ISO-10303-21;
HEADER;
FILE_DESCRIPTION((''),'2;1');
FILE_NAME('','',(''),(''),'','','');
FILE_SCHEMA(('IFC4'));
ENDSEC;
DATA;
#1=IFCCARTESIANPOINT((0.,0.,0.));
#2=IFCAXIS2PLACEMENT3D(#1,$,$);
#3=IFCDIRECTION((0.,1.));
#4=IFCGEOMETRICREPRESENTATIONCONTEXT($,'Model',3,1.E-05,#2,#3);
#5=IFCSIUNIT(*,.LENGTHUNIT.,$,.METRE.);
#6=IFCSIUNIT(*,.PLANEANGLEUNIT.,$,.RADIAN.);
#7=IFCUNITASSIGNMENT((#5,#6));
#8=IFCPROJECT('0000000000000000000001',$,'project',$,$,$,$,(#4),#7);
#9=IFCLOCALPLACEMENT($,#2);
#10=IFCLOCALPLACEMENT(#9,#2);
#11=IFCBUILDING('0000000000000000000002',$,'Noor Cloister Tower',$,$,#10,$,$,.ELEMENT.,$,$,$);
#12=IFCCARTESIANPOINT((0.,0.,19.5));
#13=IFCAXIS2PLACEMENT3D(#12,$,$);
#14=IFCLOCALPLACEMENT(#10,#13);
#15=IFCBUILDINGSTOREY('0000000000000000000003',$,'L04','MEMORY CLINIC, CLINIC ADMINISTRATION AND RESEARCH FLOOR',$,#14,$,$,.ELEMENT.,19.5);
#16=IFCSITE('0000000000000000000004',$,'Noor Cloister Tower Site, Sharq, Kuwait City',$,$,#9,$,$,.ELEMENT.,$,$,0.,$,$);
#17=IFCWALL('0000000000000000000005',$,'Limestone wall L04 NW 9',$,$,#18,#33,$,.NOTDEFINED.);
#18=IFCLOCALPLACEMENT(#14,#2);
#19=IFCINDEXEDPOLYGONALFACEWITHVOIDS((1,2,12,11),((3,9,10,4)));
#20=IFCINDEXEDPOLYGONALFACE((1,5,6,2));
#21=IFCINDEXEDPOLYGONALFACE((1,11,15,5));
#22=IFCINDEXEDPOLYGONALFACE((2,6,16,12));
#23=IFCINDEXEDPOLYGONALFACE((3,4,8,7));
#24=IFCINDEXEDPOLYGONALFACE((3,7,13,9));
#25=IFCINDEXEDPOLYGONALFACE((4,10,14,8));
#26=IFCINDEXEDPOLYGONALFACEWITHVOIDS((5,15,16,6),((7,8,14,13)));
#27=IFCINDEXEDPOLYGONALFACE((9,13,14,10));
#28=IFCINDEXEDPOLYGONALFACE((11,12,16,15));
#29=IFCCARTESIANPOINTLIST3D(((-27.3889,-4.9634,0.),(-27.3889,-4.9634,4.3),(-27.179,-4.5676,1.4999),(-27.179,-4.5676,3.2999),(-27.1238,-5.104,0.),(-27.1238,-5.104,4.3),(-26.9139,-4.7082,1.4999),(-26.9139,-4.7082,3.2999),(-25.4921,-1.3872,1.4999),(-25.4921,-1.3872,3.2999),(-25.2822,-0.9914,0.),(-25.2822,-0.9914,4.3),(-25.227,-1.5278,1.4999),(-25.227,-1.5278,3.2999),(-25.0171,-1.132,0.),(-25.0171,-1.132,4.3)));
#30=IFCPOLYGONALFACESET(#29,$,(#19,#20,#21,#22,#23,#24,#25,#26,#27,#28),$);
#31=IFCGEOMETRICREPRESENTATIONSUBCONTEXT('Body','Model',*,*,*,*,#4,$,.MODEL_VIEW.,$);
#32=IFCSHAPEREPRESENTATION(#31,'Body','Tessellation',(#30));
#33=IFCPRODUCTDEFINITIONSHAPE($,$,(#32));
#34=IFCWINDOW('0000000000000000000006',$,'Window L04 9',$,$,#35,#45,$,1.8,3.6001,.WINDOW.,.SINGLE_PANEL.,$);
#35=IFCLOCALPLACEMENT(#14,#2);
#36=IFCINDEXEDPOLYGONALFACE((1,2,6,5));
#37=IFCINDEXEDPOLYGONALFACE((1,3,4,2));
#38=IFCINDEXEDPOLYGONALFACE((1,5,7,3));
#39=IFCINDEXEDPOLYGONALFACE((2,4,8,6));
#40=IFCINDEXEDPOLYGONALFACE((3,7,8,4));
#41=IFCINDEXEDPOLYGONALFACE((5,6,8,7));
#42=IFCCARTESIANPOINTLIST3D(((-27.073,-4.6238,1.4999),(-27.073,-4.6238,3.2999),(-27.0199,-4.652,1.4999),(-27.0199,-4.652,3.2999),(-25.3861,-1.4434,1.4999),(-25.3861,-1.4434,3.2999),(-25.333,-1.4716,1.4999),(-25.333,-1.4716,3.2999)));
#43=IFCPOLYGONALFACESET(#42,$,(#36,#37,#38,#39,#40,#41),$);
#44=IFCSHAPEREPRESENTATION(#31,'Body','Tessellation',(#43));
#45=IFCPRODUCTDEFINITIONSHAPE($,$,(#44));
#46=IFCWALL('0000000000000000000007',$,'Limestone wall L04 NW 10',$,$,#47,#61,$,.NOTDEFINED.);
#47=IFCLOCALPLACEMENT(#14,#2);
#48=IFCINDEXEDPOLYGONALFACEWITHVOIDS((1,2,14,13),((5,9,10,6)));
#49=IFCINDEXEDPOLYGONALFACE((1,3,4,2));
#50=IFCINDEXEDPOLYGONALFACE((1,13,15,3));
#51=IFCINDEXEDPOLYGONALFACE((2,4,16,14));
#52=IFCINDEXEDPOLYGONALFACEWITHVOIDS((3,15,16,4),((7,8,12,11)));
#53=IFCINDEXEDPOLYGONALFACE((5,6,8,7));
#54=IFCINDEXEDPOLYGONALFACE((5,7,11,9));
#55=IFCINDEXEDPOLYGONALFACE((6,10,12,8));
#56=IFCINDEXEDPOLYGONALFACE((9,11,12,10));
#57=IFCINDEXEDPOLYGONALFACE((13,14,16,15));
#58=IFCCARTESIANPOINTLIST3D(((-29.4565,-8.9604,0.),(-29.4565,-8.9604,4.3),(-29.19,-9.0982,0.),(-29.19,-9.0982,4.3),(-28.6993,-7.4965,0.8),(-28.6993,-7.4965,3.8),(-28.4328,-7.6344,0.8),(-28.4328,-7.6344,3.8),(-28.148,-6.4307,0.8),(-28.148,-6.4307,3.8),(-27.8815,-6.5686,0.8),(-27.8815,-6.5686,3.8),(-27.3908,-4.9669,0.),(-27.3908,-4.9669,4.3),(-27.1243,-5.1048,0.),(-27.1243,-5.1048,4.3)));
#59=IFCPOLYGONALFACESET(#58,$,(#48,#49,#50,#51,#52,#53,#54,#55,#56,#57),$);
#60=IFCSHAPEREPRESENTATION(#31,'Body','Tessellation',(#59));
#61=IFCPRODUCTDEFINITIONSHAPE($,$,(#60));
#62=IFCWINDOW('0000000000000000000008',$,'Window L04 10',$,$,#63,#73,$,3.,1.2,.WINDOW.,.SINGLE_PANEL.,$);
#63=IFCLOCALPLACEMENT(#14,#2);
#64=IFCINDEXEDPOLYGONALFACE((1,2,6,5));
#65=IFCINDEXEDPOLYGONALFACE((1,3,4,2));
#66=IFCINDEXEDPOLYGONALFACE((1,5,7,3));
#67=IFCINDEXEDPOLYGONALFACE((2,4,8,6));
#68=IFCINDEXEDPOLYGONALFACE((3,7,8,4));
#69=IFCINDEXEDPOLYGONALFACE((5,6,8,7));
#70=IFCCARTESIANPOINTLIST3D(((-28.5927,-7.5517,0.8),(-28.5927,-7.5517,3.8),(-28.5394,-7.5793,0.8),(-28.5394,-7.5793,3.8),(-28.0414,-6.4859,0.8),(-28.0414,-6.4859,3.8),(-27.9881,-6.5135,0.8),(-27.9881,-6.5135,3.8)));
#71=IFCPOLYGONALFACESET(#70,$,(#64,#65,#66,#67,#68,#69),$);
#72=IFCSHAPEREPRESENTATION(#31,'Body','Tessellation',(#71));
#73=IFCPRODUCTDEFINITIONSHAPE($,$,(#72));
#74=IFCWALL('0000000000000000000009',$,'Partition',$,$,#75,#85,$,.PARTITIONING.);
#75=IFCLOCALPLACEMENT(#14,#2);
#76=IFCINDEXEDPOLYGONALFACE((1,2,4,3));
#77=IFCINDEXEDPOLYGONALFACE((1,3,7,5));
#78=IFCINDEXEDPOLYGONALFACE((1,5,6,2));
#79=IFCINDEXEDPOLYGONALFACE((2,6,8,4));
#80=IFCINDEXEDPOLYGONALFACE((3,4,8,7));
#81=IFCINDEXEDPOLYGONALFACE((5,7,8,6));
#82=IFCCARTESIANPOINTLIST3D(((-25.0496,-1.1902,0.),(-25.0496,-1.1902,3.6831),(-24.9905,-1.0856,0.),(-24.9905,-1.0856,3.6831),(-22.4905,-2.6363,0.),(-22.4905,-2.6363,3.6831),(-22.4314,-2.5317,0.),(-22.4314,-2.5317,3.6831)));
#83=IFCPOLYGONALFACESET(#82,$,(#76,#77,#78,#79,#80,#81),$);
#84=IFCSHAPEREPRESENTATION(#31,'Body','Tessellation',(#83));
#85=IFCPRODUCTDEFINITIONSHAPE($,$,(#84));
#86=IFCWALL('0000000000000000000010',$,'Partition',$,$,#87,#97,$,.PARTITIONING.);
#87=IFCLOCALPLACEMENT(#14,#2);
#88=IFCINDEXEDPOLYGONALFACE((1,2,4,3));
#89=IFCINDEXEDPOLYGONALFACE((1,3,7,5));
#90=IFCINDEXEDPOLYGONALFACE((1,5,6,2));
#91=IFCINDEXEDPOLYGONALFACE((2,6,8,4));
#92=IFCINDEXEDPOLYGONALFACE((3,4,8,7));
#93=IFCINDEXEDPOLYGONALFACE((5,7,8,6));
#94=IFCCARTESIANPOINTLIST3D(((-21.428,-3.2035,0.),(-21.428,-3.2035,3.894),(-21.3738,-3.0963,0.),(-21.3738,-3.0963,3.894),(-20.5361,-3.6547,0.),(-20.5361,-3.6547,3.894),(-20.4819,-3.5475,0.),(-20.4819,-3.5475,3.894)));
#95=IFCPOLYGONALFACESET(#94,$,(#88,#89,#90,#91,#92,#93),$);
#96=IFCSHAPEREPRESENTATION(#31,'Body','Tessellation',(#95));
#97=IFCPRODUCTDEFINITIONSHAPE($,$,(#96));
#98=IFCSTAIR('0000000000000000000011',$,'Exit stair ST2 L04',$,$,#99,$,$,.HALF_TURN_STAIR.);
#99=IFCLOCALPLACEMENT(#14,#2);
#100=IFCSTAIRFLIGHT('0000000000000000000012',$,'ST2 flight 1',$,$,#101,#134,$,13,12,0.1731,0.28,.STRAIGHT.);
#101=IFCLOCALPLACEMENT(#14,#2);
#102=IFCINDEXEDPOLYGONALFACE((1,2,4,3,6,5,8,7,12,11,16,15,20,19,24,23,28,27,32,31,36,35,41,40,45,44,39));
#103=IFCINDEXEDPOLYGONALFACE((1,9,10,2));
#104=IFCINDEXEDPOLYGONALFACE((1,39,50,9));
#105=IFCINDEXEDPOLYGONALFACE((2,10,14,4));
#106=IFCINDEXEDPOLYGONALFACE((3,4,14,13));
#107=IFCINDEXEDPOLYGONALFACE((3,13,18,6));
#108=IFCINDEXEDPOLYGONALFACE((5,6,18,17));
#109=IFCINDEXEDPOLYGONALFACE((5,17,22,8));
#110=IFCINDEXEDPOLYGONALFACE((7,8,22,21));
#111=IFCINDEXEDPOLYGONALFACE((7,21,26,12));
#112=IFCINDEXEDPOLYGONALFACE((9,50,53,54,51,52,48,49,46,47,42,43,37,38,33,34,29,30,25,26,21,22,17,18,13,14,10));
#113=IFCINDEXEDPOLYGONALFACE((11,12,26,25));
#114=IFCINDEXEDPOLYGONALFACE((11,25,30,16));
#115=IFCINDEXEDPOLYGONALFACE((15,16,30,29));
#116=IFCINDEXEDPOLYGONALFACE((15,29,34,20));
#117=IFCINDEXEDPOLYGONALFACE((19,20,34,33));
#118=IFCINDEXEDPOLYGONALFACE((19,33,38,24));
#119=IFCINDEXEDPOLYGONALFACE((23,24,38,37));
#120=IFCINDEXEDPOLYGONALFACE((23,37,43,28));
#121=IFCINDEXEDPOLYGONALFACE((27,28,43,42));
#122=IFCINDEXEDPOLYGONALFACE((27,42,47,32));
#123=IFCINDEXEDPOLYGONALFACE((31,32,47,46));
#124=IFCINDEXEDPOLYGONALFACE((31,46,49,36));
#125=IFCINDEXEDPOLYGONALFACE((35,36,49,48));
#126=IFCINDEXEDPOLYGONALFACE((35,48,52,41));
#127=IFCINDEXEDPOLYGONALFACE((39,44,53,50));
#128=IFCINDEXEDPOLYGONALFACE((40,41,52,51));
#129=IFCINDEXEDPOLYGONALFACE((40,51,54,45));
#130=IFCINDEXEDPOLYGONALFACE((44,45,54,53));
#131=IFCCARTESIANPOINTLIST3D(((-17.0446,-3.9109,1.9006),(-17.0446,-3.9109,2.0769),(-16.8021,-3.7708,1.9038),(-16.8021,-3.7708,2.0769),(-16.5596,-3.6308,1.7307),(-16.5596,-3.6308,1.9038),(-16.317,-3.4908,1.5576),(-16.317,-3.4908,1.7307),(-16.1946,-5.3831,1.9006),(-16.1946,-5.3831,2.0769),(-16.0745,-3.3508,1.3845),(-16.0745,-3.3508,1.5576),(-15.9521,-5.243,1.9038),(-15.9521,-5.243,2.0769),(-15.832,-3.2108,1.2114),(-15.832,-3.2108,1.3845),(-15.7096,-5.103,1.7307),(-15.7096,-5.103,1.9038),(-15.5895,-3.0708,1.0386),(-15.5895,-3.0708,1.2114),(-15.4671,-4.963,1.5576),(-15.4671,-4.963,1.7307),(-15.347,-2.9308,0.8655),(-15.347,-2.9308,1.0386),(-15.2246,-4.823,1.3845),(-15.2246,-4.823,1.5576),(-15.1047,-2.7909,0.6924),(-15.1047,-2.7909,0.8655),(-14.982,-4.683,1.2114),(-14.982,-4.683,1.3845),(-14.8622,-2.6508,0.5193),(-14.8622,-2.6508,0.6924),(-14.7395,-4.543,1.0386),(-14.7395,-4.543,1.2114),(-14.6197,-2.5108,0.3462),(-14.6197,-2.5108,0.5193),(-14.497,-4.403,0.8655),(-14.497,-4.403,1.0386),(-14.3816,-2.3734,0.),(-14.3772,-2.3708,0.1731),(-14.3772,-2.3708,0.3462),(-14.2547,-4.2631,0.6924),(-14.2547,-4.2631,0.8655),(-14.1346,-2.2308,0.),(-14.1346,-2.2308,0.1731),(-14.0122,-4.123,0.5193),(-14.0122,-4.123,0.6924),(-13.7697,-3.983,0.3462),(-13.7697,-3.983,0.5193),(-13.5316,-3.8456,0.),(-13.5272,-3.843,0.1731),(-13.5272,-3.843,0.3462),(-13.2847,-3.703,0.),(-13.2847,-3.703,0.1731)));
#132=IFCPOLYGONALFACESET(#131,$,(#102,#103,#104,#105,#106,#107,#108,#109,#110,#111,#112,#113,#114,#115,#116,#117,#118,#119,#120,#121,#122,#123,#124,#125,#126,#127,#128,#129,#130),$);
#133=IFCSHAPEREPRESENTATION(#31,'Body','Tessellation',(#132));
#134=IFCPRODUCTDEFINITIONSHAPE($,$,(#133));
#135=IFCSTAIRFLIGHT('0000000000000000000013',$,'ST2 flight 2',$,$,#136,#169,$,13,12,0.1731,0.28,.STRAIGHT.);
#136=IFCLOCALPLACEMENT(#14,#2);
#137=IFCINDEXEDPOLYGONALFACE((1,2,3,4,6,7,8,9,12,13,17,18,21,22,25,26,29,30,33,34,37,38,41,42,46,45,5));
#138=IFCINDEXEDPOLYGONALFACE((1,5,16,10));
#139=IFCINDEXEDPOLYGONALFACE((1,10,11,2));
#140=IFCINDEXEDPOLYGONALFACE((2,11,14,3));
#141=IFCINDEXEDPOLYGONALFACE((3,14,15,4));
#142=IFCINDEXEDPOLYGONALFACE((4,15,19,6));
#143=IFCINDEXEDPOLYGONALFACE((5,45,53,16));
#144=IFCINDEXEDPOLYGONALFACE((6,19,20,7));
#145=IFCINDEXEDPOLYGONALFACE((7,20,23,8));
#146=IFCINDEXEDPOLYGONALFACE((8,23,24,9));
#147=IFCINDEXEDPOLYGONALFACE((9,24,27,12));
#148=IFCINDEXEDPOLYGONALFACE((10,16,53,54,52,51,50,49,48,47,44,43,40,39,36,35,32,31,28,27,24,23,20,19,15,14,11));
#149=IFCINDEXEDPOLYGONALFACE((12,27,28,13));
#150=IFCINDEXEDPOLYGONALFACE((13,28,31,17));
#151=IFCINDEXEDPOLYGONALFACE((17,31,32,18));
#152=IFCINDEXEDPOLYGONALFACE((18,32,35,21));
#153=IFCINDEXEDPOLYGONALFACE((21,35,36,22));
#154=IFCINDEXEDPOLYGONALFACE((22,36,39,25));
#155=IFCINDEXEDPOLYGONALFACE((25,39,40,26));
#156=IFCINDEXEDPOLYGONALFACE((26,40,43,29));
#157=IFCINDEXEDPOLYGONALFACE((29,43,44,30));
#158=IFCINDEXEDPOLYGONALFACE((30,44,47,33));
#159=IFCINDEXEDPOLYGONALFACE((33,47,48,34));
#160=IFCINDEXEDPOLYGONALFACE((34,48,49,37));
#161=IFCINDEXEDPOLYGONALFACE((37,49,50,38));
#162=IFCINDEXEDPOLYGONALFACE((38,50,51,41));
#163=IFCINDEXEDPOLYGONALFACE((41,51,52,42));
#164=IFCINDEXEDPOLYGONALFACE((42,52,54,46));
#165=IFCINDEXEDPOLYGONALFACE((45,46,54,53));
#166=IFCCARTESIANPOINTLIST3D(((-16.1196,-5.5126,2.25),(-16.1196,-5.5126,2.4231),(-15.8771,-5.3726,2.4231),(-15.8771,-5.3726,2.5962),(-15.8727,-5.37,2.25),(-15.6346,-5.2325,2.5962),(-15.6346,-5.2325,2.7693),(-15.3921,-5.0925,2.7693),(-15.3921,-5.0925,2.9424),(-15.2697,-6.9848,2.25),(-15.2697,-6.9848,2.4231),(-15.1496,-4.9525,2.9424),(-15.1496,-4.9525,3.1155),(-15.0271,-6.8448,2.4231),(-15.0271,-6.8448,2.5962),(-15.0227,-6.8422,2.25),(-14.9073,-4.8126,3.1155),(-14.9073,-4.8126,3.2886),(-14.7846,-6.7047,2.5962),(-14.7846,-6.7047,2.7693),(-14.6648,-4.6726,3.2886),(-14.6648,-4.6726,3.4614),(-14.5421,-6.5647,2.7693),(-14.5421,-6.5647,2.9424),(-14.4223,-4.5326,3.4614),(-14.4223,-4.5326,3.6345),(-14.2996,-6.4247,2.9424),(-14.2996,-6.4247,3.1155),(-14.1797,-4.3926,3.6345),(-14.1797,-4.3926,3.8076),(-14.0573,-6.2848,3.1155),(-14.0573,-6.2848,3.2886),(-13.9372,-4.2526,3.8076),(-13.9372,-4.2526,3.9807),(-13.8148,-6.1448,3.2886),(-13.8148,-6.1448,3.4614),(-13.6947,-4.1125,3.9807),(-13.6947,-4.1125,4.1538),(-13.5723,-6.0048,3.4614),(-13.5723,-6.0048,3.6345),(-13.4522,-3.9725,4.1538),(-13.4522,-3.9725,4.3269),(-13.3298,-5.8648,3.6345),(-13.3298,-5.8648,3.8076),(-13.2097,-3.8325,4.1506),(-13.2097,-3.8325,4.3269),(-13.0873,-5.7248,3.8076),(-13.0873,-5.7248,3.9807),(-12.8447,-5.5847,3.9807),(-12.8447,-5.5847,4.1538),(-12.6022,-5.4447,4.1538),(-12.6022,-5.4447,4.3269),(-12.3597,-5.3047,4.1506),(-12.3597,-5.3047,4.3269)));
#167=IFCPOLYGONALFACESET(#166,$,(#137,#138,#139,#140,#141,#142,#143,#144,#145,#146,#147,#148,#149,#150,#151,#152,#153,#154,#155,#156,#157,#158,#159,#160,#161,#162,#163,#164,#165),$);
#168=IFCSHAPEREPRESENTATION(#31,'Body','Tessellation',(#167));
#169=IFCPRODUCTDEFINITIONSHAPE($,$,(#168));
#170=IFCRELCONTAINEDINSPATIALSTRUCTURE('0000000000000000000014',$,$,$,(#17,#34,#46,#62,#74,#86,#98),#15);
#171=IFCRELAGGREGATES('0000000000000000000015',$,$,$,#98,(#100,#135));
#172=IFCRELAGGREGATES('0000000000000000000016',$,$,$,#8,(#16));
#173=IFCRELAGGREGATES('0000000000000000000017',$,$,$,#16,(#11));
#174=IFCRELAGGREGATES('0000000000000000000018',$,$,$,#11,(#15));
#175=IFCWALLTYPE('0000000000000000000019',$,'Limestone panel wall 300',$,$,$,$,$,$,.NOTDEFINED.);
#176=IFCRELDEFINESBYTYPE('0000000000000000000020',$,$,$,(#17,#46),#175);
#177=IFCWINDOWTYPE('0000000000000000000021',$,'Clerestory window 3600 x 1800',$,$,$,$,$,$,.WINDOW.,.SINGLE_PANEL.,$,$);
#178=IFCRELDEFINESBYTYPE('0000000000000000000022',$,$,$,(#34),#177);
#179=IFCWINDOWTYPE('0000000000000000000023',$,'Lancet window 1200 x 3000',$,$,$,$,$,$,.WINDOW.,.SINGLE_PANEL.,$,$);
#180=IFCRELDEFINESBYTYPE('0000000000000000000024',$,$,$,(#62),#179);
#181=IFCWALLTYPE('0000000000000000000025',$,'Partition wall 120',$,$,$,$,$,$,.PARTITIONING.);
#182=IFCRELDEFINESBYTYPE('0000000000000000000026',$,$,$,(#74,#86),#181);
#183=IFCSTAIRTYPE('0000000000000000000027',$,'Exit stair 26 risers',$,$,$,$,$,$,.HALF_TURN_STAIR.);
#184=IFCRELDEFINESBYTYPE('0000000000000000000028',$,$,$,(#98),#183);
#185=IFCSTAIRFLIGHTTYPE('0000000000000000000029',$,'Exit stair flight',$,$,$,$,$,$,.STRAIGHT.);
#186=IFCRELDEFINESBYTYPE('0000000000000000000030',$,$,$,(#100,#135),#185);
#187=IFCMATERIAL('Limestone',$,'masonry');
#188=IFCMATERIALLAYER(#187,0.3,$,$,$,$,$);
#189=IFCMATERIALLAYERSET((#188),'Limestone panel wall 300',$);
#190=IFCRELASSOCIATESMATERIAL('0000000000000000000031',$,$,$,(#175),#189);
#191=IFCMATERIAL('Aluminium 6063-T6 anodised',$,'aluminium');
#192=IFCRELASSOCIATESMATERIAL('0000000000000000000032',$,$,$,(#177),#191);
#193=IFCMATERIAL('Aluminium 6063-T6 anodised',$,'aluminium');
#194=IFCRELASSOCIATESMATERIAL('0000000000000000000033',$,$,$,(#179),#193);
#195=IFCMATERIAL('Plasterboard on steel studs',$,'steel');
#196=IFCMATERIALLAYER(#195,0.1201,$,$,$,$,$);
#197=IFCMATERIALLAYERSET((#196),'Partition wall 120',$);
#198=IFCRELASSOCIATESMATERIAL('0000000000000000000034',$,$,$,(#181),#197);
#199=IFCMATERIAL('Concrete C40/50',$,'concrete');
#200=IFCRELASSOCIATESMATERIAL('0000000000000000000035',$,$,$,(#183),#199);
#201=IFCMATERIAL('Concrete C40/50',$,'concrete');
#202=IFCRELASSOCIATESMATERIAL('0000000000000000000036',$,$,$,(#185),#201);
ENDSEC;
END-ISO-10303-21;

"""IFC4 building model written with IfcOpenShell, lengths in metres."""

from ifc_helpers import new_model, si_unit, direction, frame, frame_2d, origin, place, context, subcontext, project, spatial, polyline, rectangle, outline, extrude, material, layer, layer_set, type_object, element, fill, aggregate, save


model = new_model("IFC4")

# Units and contexts
model_context = context("Model", 3, precision=1e-05, world=origin(), true_north=direction((0.0, 1.0)))
body_context = subcontext(model_context, "Body", "Model", "MODEL_VIEW")
ifc_project = project(units=[si_unit("LENGTHUNIT", "METRE"), si_unit("PLANEANGLEUNIT", "RADIAN")], contexts=[model_context])

# Site, building, storey
site_placement = place(None, origin())
site = spatial("IfcSite", under=ifc_project, at=site_placement, Name="Noor Cloister Tower Site, Sharq, Kuwait City", CompositionType="ELEMENT", RefElevation=0.0)
building_placement = place(site_placement, origin())
building = spatial("IfcBuilding", under=site, at=building_placement, Name="Noor Cloister Tower", CompositionType="ELEMENT")
storey_placement = place(building_placement, frame((0.0, 0.0, 19.5)))
storey = spatial("IfcBuildingStorey", under=building, at=storey_placement, Name="L04", Description="MEMORY CLINIC, CLINIC ADMINISTRATION AND RESEARCH FLOOR", CompositionType="ELEMENT", Elevation=19.5)

# Walls, openings, windows
ifc_material_1 = material(Name="Limestone", Category="masonry")
ifc_layer_1 = layer(ifc_material_1, 0.3)
ifc_layer_set_1 = layer_set([ifc_layer_1], Name="Limestone panel wall 300")
wall_type_1 = type_object("IfcWallType", Name="Limestone panel wall 300", PredefinedType="NOTDEFINED", material=ifc_layer_set_1)
ifc_material_2 = material(Name="Aluminium 6063-T6 anodised", Category="aluminium")
window_type_1 = type_object("IfcWindowType", Name="Clerestory window 3600 x 1800", PartitioningType="SINGLE_PANEL", PredefinedType="WINDOW", material=ifc_material_2)
wall_1_placement = place(storey_placement, frame((-27.2563, -5.0337, 0.0), z_axis=(0.0, 0.0, 1.0), x_axis=(0.468566, 0.883428, 0.0)))
wall_1 = element("IfcWall", 1, at=wall_1_placement, inside=storey, type_object=wall_type_1, Name="Limestone wall L04 NW 9", PredefinedType="NOTDEFINED", context=body_context, shape_type="SweptSolid", body=[
    extrude(rectangle(XDim=4.4961, YDim=0.3, at=frame_2d((2.248, 0.0))), origin(), (0.0, 0.0, 1.0), 4.3),
])
opening_1_placement = place(wall_1_placement, frame((0.448, 0.0, 1.5)))
opening_1 = element("IfcOpeningElement", 2, at=opening_1_placement, cuts=wall_1, PredefinedType="OPENING", context=body_context, shape_type="SweptSolid", body=[
    extrude(rectangle(XDim=3.6001, YDim=1.8, at=frame_2d((1.8, 0.8999))), frame((0.0, 0.1602, 0.0), z_axis=(0.0, -1.0, 0.0), x_axis=(1.0, 0.0, 0.0)), (0.0, 0.0, 1.0), 0.3201),
])
window_1_placement = place(opening_1_placement, origin())
window_1 = element("IfcWindow", 3, at=window_1_placement, inside=storey, type_object=window_type_1, Name="Window L04 9", OverallHeight=1.8, OverallWidth=3.6001, PartitioningType="SINGLE_PANEL", PredefinedType="WINDOW", context=body_context, shape_type="SweptSolid", body=[
    extrude(rectangle(XDim=3.6001, YDim=1.8, at=frame_2d((1.8, 0.8999))), frame((0.0, 0.03, 0.0), z_axis=(0.0, -1.0, 0.0), x_axis=(1.0, 0.0, 0.0)), (0.0, 0.0, 1.0), 0.0601),
])
fill(opening_1, window_1)
wall_2_placement = place(storey_placement, frame((-29.3232, -9.0293, 0.0), z_axis=(0.0, 0.0, 1.0), x_axis=(0.459444, 0.888207, 0.0)))
wall_2 = element("IfcWall", 4, at=wall_2_placement, inside=storey, type_object=wall_type_1, Name="Limestone wall L04 NW 10", PredefinedType="NOTDEFINED", context=body_context, shape_type="SweptSolid", body=[
    extrude(rectangle(XDim=4.4961, YDim=0.3, at=frame_2d((2.248, 0.0))), origin(), (0.0, 0.0, 1.0), 4.3),
])
opening_2_placement = place(wall_2_placement, frame((1.6479, 0.0, 0.8)))
opening_2 = element("IfcOpeningElement", 5, at=opening_2_placement, cuts=wall_2, PredefinedType="OPENING", context=body_context, shape_type="SweptSolid", body=[
    extrude(rectangle(XDim=1.2, YDim=3.0, at=frame_2d((0.6001, 1.5))), frame((0.0, 0.1602, 0.0), z_axis=(0.0, -1.0, 0.0), x_axis=(1.0, 0.0, 0.0)), (0.0, 0.0, 1.0), 0.3201),
])
ifc_material_3 = material(Name="Aluminium 6063-T6 anodised", Category="aluminium")
window_type_2 = type_object("IfcWindowType", Name="Lancet window 1200 x 3000", PartitioningType="SINGLE_PANEL", PredefinedType="WINDOW", material=ifc_material_3)
window_2_placement = place(opening_2_placement, origin())
window_2 = element("IfcWindow", 6, at=window_2_placement, inside=storey, type_object=window_type_2, Name="Window L04 10", OverallHeight=3.0, OverallWidth=1.2, PartitioningType="SINGLE_PANEL", PredefinedType="WINDOW", context=body_context, shape_type="SweptSolid", body=[
    extrude(rectangle(XDim=1.2, YDim=3.0, at=frame_2d((0.6001, 1.5))), frame((0.0, 0.03, 0.0), z_axis=(0.0, -1.0, 0.0), x_axis=(1.0, 0.0, 0.0)), (0.0, 0.0, 1.0), 0.0601),
])
fill(opening_2, window_2)

# Walls
ifc_material_4 = material(Name="Plasterboard on steel studs", Category="steel")
ifc_layer_2 = layer(ifc_material_4, 0.1201)
ifc_layer_set_2 = layer_set([ifc_layer_2], Name="Partition wall 120")
wall_type_2 = type_object("IfcWallType", Name="Partition wall 120", PredefinedType="PARTITIONING", material=ifc_layer_set_2)
wall_3_placement = place(storey_placement, frame((-22.4609, -2.584, 0.0), z_axis=(0.0, 0.0, 1.0), x_axis=(-0.87062, 0.491956, 0.0)))
element("IfcWall", 7, at=wall_3_placement, inside=storey, type_object=wall_type_2, Name="Partition", PredefinedType="PARTITIONING", context=body_context, shape_type="SweptSolid", body=[
    extrude(rectangle(XDim=2.9395, YDim=0.1201, at=frame_2d((1.4697, 0.0))), origin(), (0.0, 0.0, 1.0), 3.6831),
])
wall_4_placement = place(storey_placement, frame((-20.509, -3.6011, 0.0), z_axis=(0.0, 0.0, 1.0), x_axis=(-0.892317, 0.45141, 0.0)))
element("IfcWall", 8, at=wall_4_placement, inside=storey, type_object=wall_type_2, Name="Partition", PredefinedType="PARTITIONING", context=body_context, shape_type="SweptSolid", body=[
    extrude(rectangle(XDim=0.9995, YDim=0.1201, at=frame_2d((0.4998, 0.0))), origin(), (0.0, 0.0, 1.0), 3.894),
])

# Stair, stair flights
ifc_material_5 = material(Name="Concrete C40/50", Category="concrete")
stair_type = type_object("IfcStairType", Name="Exit stair 26 risers", PredefinedType="HALF_TURN_STAIR", material=ifc_material_5)
stair_placement = place(storey_placement, origin())
stair = element("IfcStair", 9, at=stair_placement, inside=storey, type_object=stair_type, Name="Exit stair ST2 L04", PredefinedType="HALF_TURN_STAIR")
ifc_material_6 = material(Name="Concrete C40/50", Category="concrete")
stair_flight_type = type_object("IfcStairFlightType", Name="Exit stair flight", PredefinedType="STRAIGHT", material=ifc_material_6)
stair_flight_1_placement = place(storey_placement, frame((-13.7097, -2.9668, 0.0), z_axis=(0.0, 0.0, 1.0), x_axis=(-0.866025, -0.5, 0.0)))
stair_flight_1 = element("IfcStairFlight", 10, at=stair_flight_1_placement, type_object=stair_flight_type, Name="ST2 flight 1", NumberOfRisers=13, NumberOfTreads=12, PredefinedType="STRAIGHT", RiserHeight=0.1731, TreadLength=0.28, context=body_context, shape_type="SweptSolid", body=[
    extrude(outline(polyline([(0.0, 0.0), (0.0, 0.1731), (0.28, 0.1731), (0.28, 0.3462), (0.5601, 0.3462), (0.5601, 0.5193), (0.8401, 0.5193), (0.8401, 0.6924), (1.1201, 0.6924), (1.1201, 0.8655), (1.3999, 0.8655), (1.3999, 1.0386), (1.6799, 1.0386), (1.6799, 1.2114), (1.96, 1.2114), (1.96, 1.3845), (2.24, 1.3845), (2.24, 1.5576), (2.52, 1.5576), (2.52, 1.7307), (2.8, 1.7307), (2.8, 1.9038), (3.0801, 1.9038), (3.0801, 2.0769), (3.3601, 2.0769), (3.3601, 2.25), (3.3601, 1.9006), (0.2852, 0.0), (0.0, 0.0)])), frame((0.0, 0.8501, 0.0), z_axis=(0.0, -1.0, 0.0), x_axis=(1.0, 0.0, 0.0)), (0.0, 0.0, 1.0), 1.7),
])
stair_flight_2_placement = place(storey_placement, frame((-15.6946, -6.2488, 2.25), z_axis=(0.0, 0.0, 1.0), x_axis=(0.866025, 0.5, 0.0)))
stair_flight_2 = element("IfcStairFlight", 11, at=stair_flight_2_placement, type_object=stair_flight_type, Name="ST2 flight 2", NumberOfRisers=13, NumberOfTreads=12, PredefinedType="STRAIGHT", RiserHeight=0.1731, TreadLength=0.28, context=body_context, shape_type="SweptSolid", body=[
    extrude(outline(polyline([(0.0, 0.0), (0.0, 0.1731), (0.28, 0.1731), (0.28, 0.3462), (0.5601, 0.3462), (0.5601, 0.5193), (0.8401, 0.5193), (0.8401, 0.6924), (1.1201, 0.6924), (1.1201, 0.8655), (1.3999, 0.8655), (1.3999, 1.0386), (1.6799, 1.0386), (1.6799, 1.2114), (1.96, 1.2114), (1.96, 1.3845), (2.24, 1.3845), (2.24, 1.5576), (2.52, 1.5576), (2.52, 1.7307), (2.8, 1.7307), (2.8, 1.9038), (3.0801, 1.9038), (3.0801, 2.0769), (3.3601, 2.0769), (3.3601, 2.25), (3.3601, 1.9006), (0.2852, 0.0), (0.0, 0.0)])), frame((0.0, 0.8501, 0.0), z_axis=(0.0, -1.0, 0.0), x_axis=(1.0, 0.0, 0.0)), (0.0, 0.0, 1.0), 1.7),
])
aggregate(stair, [stair_flight_1, stair_flight_2])

save(model, "model.ifc")
